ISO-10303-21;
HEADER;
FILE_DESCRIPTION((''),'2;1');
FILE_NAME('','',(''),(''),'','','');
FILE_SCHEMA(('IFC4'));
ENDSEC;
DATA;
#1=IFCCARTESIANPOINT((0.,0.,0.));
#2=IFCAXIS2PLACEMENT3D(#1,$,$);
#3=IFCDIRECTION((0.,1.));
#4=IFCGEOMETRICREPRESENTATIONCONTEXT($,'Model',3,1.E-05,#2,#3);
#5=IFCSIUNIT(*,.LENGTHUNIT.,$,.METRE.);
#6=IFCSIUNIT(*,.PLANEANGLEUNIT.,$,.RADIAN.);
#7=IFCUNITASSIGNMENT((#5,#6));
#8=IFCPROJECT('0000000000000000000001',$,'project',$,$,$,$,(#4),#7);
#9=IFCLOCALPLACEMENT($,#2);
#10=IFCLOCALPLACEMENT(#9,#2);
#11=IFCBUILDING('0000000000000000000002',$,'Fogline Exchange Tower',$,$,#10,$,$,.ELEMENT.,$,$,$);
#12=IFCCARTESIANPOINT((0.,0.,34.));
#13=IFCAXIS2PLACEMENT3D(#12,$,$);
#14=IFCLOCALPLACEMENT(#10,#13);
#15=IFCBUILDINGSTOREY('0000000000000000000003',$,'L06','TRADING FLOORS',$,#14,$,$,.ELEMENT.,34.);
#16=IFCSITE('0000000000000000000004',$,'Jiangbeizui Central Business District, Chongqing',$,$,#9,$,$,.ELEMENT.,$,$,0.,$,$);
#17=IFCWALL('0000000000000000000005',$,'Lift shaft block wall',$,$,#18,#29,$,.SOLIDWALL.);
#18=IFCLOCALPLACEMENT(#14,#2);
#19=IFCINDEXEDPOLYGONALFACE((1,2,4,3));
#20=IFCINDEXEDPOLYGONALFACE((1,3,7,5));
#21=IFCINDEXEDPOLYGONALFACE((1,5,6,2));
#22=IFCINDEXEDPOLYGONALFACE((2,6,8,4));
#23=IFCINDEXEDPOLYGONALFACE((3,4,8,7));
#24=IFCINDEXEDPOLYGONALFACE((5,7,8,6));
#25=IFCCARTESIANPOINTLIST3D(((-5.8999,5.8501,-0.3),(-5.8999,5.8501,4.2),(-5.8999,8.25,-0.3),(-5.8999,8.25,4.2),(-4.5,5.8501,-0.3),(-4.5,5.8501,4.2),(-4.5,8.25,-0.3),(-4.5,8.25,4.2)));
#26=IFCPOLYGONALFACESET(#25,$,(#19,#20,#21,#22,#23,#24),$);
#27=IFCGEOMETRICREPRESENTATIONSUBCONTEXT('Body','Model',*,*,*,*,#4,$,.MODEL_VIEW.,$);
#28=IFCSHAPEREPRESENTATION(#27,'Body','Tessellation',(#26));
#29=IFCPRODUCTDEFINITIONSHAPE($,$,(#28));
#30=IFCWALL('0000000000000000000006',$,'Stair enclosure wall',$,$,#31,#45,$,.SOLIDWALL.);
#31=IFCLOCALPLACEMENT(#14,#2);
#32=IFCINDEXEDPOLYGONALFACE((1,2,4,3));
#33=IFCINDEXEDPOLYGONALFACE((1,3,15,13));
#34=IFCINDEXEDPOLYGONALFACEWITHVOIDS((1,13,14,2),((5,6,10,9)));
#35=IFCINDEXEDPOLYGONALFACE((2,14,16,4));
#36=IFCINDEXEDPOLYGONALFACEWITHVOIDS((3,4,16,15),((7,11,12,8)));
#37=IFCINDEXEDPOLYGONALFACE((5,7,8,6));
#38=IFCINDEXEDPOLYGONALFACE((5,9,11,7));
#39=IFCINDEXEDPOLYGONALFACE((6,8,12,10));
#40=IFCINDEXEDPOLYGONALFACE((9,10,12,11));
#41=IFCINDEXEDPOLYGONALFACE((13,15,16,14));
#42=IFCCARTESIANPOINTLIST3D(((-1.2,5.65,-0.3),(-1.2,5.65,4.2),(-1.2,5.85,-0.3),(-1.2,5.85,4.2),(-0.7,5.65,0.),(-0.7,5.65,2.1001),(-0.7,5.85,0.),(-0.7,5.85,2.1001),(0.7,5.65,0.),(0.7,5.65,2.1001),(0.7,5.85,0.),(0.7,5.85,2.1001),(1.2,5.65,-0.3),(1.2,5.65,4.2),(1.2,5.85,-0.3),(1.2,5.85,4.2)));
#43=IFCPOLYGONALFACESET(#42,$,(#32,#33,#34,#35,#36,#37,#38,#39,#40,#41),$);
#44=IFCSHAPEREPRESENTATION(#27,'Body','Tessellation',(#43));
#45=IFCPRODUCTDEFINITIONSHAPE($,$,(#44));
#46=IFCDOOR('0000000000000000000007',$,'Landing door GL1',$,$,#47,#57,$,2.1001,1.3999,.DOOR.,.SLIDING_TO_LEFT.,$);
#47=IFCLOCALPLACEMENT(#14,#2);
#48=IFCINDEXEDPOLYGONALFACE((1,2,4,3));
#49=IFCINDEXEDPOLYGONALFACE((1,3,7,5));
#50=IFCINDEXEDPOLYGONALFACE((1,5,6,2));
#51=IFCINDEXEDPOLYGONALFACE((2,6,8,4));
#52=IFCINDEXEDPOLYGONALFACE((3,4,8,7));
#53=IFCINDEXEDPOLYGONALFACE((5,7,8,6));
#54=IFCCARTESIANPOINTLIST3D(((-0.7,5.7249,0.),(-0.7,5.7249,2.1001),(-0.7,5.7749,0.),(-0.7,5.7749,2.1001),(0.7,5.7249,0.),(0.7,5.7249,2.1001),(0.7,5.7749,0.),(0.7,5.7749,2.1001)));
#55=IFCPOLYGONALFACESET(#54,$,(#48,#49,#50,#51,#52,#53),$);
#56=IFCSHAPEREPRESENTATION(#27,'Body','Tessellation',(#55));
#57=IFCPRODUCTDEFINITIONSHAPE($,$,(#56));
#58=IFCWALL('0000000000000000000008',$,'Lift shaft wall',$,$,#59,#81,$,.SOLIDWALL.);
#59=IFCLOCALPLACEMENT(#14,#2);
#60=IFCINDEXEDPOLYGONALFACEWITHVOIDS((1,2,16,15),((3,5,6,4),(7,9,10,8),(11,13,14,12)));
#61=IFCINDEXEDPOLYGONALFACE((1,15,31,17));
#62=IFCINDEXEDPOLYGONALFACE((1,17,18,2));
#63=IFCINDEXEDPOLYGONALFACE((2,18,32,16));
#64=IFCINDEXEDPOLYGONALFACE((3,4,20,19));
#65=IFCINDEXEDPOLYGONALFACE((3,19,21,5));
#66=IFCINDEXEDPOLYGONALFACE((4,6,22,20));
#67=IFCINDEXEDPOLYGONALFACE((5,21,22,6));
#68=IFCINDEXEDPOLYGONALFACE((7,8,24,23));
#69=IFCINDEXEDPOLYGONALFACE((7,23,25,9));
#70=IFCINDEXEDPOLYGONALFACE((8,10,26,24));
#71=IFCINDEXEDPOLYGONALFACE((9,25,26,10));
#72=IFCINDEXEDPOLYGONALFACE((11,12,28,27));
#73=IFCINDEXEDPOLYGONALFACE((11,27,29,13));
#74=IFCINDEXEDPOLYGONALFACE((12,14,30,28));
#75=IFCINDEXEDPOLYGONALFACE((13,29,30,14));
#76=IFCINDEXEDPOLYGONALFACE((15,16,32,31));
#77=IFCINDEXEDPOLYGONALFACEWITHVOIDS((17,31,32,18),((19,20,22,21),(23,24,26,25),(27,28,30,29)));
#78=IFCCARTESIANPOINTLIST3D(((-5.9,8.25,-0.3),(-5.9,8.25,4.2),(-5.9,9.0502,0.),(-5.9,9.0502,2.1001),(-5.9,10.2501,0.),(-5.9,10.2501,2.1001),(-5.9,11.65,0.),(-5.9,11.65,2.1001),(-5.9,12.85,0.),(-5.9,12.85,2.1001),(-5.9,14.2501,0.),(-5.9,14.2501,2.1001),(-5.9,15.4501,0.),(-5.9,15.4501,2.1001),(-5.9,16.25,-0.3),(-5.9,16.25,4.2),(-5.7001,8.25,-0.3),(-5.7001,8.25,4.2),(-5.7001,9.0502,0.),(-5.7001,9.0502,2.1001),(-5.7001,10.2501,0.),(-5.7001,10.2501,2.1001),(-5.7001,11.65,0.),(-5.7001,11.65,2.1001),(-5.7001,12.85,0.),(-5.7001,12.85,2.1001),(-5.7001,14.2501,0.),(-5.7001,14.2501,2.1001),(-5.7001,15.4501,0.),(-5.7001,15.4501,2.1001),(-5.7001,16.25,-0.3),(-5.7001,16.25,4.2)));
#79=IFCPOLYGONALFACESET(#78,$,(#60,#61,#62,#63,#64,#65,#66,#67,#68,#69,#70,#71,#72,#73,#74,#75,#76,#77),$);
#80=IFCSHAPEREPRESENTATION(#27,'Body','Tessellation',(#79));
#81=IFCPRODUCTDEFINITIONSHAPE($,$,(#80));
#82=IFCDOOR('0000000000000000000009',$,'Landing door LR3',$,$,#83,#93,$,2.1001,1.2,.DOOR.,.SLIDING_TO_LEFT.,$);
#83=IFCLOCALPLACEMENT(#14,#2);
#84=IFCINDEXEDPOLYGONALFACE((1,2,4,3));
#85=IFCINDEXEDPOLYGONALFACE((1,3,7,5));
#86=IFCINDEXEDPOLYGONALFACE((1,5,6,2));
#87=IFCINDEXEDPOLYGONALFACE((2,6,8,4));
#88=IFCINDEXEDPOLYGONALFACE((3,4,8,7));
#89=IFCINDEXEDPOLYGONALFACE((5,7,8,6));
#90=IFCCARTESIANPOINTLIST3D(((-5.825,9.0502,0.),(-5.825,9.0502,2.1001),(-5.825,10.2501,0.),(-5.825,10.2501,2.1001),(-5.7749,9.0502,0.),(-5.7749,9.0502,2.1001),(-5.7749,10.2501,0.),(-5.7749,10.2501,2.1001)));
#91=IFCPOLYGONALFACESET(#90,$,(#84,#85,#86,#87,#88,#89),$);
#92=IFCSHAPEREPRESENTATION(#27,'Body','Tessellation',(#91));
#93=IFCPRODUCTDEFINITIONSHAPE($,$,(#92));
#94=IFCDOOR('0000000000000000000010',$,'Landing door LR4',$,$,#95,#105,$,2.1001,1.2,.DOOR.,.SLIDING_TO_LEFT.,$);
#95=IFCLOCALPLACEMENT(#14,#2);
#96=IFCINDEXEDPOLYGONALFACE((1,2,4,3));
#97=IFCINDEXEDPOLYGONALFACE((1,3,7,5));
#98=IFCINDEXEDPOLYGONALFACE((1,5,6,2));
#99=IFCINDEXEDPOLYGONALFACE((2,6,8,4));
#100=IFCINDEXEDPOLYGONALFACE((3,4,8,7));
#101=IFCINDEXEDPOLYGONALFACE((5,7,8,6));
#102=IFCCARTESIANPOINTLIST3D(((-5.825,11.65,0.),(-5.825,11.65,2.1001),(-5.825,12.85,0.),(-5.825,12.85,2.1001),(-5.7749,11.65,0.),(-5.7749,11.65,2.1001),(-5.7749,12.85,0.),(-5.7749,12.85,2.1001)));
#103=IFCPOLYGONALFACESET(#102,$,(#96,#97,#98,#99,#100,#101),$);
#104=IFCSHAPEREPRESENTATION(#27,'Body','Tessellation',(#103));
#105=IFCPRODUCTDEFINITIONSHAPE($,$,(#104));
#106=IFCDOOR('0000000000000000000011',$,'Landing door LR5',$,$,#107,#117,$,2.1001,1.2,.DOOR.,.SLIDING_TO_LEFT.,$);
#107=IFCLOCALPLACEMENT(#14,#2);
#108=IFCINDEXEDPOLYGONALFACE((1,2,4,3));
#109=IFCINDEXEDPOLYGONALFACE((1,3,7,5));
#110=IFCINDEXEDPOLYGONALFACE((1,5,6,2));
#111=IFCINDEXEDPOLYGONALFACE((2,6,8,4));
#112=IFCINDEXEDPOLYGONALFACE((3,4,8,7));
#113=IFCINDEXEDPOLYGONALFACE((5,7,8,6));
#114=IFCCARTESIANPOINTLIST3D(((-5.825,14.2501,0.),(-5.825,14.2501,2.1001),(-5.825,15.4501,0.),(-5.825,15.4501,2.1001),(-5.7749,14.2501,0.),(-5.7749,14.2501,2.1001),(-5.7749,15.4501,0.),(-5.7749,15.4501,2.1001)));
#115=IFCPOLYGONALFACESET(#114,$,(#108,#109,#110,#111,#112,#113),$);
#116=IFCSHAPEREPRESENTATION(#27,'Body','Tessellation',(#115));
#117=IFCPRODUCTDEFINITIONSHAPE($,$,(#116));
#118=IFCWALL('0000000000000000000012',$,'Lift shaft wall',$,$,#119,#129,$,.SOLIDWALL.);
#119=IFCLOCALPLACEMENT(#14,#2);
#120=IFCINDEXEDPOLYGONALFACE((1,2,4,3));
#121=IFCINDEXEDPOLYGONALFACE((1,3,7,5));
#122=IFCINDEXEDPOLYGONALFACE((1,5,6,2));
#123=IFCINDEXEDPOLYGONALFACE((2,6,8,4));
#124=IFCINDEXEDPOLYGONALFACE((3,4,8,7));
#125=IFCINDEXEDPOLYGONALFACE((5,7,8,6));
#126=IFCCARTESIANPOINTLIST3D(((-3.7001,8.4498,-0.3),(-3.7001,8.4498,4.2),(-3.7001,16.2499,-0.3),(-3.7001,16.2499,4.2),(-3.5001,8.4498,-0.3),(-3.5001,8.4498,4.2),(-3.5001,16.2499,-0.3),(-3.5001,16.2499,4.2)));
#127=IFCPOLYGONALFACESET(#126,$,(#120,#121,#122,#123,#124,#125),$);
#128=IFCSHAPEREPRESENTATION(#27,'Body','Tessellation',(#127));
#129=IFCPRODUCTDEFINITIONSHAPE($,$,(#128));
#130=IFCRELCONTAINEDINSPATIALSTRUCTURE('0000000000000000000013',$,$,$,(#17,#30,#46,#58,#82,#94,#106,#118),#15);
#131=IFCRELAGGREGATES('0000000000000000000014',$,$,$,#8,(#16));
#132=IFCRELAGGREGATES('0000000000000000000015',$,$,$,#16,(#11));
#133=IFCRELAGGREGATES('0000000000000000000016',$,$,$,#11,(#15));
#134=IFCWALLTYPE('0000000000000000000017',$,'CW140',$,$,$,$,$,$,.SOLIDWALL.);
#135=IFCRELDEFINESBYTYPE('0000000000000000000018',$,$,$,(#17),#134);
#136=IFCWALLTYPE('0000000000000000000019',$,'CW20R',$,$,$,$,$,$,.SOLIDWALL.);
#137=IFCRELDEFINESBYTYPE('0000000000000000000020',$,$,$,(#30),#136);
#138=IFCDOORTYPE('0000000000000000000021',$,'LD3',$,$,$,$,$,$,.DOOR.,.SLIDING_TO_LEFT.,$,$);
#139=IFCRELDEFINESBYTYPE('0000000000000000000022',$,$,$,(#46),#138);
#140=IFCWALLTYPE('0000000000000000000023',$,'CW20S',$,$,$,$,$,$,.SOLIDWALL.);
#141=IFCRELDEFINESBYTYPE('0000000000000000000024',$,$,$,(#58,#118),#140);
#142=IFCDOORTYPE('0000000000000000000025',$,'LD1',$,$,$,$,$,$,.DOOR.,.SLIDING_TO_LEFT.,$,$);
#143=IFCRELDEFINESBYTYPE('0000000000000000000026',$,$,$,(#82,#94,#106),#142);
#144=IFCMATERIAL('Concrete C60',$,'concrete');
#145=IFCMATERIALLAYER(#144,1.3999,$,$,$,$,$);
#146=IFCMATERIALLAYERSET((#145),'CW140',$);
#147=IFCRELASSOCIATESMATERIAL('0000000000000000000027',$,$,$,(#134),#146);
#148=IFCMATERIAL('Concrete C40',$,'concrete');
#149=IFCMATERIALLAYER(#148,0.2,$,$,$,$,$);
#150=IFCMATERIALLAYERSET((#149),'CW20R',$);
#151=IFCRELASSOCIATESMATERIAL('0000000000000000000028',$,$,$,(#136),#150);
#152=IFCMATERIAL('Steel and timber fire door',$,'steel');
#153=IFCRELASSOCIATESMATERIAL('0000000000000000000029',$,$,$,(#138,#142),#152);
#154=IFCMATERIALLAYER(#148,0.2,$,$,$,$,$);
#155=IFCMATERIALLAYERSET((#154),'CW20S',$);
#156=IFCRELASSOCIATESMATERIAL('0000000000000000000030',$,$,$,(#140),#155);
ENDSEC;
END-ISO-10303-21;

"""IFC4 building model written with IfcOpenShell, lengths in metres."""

from ifc_helpers import new_model, si_unit, direction, frame, frame_2d, origin, place, context, subcontext, project, spatial, rectangle, extrude, material, layer, layer_set, type_object, element, fill, save


model = new_model("IFC4")

# Units and contexts
model_context = context("Model", 3, precision=1e-05, world=origin(), true_north=direction((0.0, 1.0)))
body_context = subcontext(model_context, "Body", "Model", "MODEL_VIEW")
ifc_project = project(units=[si_unit("LENGTHUNIT", "METRE"), si_unit("PLANEANGLEUNIT", "RADIAN")], contexts=[model_context])

# Site, building, storey
site_placement = place(None, origin())
site = spatial("IfcSite", under=ifc_project, at=site_placement, Name="Jiangbeizui Central Business District, Chongqing", CompositionType="ELEMENT", RefElevation=0.0)
building_placement = place(site_placement, origin())
building = spatial("IfcBuilding", under=site, at=building_placement, Name="Fogline Exchange Tower", CompositionType="ELEMENT")
storey_placement = place(building_placement, frame((0.0, 0.0, 34.0)))
storey = spatial("IfcBuildingStorey", under=building, at=storey_placement, Name="L06", Description="TRADING FLOORS", CompositionType="ELEMENT", Elevation=34.0)

# Wall
ifc_material_1 = material(Name="Concrete C60", Category="concrete")
ifc_layer_1 = layer(ifc_material_1, 1.3999)
ifc_layer_set_1 = layer_set([ifc_layer_1], Name="CW140")
wall_type_1 = type_object("IfcWallType", Name="CW140", PredefinedType="SOLIDWALL", material=ifc_layer_set_1)
wall_1_placement = place(storey_placement, frame((-5.2, 5.8501, -0.3), z_axis=(0.0, 0.0, 1.0), x_axis=(0.0, 1.0, 0.0)))
element("IfcWall", 1, at=wall_1_placement, inside=storey, type_object=wall_type_1, Name="Lift shaft block wall", PredefinedType="SOLIDWALL", context=body_context, shape_type="SweptSolid", body=[
    extrude(rectangle(XDim=2.3999, YDim=1.3999, at=frame_2d((1.2, 0.0))), origin(), (0.0, 0.0, 1.0), 4.5),
])

# Wall, opening, door
ifc_material_2 = material(Name="Concrete C40", Category="concrete")
ifc_layer_2 = layer(ifc_material_2, 0.2)
ifc_layer_set_2 = layer_set([ifc_layer_2], Name="CW20R")
wall_type_2 = type_object("IfcWallType", Name="CW20R", PredefinedType="SOLIDWALL", material=ifc_layer_set_2)
wall_2_placement = place(storey_placement, frame((-1.2, 5.75, -0.3), z_axis=(0.0, 0.0, 1.0), x_axis=(1.0, 0.0, 0.0)))
wall_2 = element("IfcWall", 2, at=wall_2_placement, inside=storey, type_object=wall_type_2, Name="Stair enclosure wall", PredefinedType="SOLIDWALL", context=body_context, shape_type="SweptSolid", body=[
    extrude(rectangle(XDim=2.3999, YDim=0.2, at=frame_2d((1.2, 0.0))), origin(), (0.0, 0.0, 1.0), 4.5),
])
opening_1_placement = place(wall_2_placement, frame((0.5, 0.0, 0.3)))
opening_1 = element("IfcOpeningElement", 3, at=opening_1_placement, cuts=wall_2, PredefinedType="OPENING", context=body_context, shape_type="SweptSolid", body=[
    extrude(rectangle(XDim=1.3999, YDim=2.1001, at=frame_2d((0.7, 1.05))), frame((0.0, 0.1099, 0.0), z_axis=(0.0, -1.0, 0.0), x_axis=(1.0, 0.0, 0.0)), (0.0, 0.0, 1.0), 0.22),
])
ifc_material_3 = material(Name="Steel and timber fire door", Category="steel")
door_type_1 = type_object("IfcDoorType", Name="LD3", OperationType="SLIDING_TO_LEFT", PredefinedType="DOOR", material=ifc_material_3)
door_1_placement = place(opening_1_placement, origin())
door_1 = element("IfcDoor", 4, at=door_1_placement, inside=storey, type_object=door_type_1, Name="Landing door GL1", OperationType="SLIDING_TO_LEFT", OverallHeight=2.1001, OverallWidth=1.3999, PredefinedType="DOOR", context=body_context, shape_type="SweptSolid", body=[
    extrude(rectangle(XDim=1.3999, YDim=2.1001, at=frame_2d((0.7, 1.05))), frame((0.0, 0.0249, 0.0), z_axis=(0.0, -1.0, 0.0), x_axis=(1.0, 0.0, 0.0)), (0.0, 0.0, 1.0), 0.05),
])
fill(opening_1, door_1)

# Wall, openings, doors
ifc_layer_3 = layer(ifc_material_2, 0.2)
ifc_layer_set_3 = layer_set([ifc_layer_3], Name="CW20S")
wall_type_3 = type_object("IfcWallType", Name="CW20S", PredefinedType="SOLIDWALL", material=ifc_layer_set_3)
wall_3_placement = place(storey_placement, frame((-5.8, 8.25, -0.3), z_axis=(0.0, 0.0, 1.0), x_axis=(0.0, 1.0, 0.0)))
wall_3 = element("IfcWall", 5, at=wall_3_placement, inside=storey, type_object=wall_type_3, Name="Lift shaft wall", PredefinedType="SOLIDWALL", context=body_context, shape_type="SweptSolid", body=[
    extrude(rectangle(XDim=8.0, YDim=0.2, at=frame_2d((4.0, 0.0))), origin(), (0.0, 0.0, 1.0), 4.5),
])
opening_2_placement = place(wall_3_placement, frame((0.8, 0.0, 0.3)))
opening_2 = element("IfcOpeningElement", 6, at=opening_2_placement, cuts=wall_3, PredefinedType="OPENING", context=body_context, shape_type="SweptSolid", body=[
    extrude(rectangle(XDim=1.2, YDim=2.1001, at=frame_2d((0.6001, 1.05))), frame((0.0, 0.1099, 0.0), z_axis=(0.0, -1.0, 0.0), x_axis=(1.0, 0.0, 0.0)), (0.0, 0.0, 1.0), 0.22),
])
opening_3_placement = place(wall_3_placement, frame((3.3999, 0.0, 0.3)))
opening_3 = element("IfcOpeningElement", 7, at=opening_3_placement, cuts=wall_3, PredefinedType="OPENING", context=body_context, shape_type="SweptSolid", body=[
    extrude(rectangle(XDim=1.2, YDim=2.1001, at=frame_2d((0.6001, 1.05))), frame((0.0, 0.1099, 0.0), z_axis=(0.0, -1.0, 0.0), x_axis=(1.0, 0.0, 0.0)), (0.0, 0.0, 1.0), 0.22),
])
opening_4_placement = place(wall_3_placement, frame((6.0, 0.0, 0.3)))
opening_4 = element("IfcOpeningElement", 8, at=opening_4_placement, cuts=wall_3, PredefinedType="OPENING", context=body_context, shape_type="SweptSolid", body=[
    extrude(rectangle(XDim=1.2, YDim=2.1001, at=frame_2d((0.6001, 1.05))), frame((0.0, 0.1099, 0.0), z_axis=(0.0, -1.0, 0.0), x_axis=(1.0, 0.0, 0.0)), (0.0, 0.0, 1.0), 0.22),
])
door_type_2 = type_object("IfcDoorType", Name="LD1", OperationType="SLIDING_TO_LEFT", PredefinedType="DOOR", material=ifc_material_3)
door_2_placement = place(opening_2_placement, origin())
door_2 = element("IfcDoor", 9, at=door_2_placement, inside=storey, type_object=door_type_2, Name="Landing door LR3", OperationType="SLIDING_TO_LEFT", OverallHeight=2.1001, OverallWidth=1.2, PredefinedType="DOOR", context=body_context, shape_type="SweptSolid", body=[
    extrude(rectangle(XDim=1.2, YDim=2.1001, at=frame_2d((0.6001, 1.05))), frame((0.0, 0.0249, 0.0), z_axis=(0.0, -1.0, 0.0), x_axis=(1.0, 0.0, 0.0)), (0.0, 0.0, 1.0), 0.05),
])
fill(opening_2, door_2)
door_3_placement = place(opening_3_placement, origin())
door_3 = element("IfcDoor", 10, at=door_3_placement, inside=storey, type_object=door_type_2, Name="Landing door LR4", OperationType="SLIDING_TO_LEFT", OverallHeight=2.1001, OverallWidth=1.2, PredefinedType="DOOR", context=body_context, shape_type="SweptSolid", body=[
    extrude(rectangle(XDim=1.2, YDim=2.1001, at=frame_2d((0.6001, 1.05))), frame((0.0, 0.0249, 0.0), z_axis=(0.0, -1.0, 0.0), x_axis=(1.0, 0.0, 0.0)), (0.0, 0.0, 1.0), 0.05),
])
fill(opening_3, door_3)
door_4_placement = place(opening_4_placement, origin())
door_4 = element("IfcDoor", 11, at=door_4_placement, inside=storey, type_object=door_type_2, Name="Landing door LR5", OperationType="SLIDING_TO_LEFT", OverallHeight=2.1001, OverallWidth=1.2, PredefinedType="DOOR", context=body_context, shape_type="SweptSolid", body=[
    extrude(rectangle(XDim=1.2, YDim=2.1001, at=frame_2d((0.6001, 1.05))), frame((0.0, 0.0249, 0.0), z_axis=(0.0, -1.0, 0.0), x_axis=(1.0, 0.0, 0.0)), (0.0, 0.0, 1.0), 0.05),
])
fill(opening_4, door_4)

# Wall
wall_4_placement = place(storey_placement, frame((-3.6001, 8.45, -0.3), z_axis=(0.0, 0.0, 1.0), x_axis=(0.0, 1.0, 0.0)))
element("IfcWall", 12, at=wall_4_placement, inside=storey, type_object=wall_type_3, Name="Lift shaft wall", PredefinedType="SOLIDWALL", context=body_context, shape_type="SweptSolid", body=[
    extrude(rectangle(XDim=7.8, YDim=0.2, at=frame_2d((3.8999, 0.0))), origin(), (0.0, 0.0, 1.0), 4.5),
])

save(model, "model.ifc")
